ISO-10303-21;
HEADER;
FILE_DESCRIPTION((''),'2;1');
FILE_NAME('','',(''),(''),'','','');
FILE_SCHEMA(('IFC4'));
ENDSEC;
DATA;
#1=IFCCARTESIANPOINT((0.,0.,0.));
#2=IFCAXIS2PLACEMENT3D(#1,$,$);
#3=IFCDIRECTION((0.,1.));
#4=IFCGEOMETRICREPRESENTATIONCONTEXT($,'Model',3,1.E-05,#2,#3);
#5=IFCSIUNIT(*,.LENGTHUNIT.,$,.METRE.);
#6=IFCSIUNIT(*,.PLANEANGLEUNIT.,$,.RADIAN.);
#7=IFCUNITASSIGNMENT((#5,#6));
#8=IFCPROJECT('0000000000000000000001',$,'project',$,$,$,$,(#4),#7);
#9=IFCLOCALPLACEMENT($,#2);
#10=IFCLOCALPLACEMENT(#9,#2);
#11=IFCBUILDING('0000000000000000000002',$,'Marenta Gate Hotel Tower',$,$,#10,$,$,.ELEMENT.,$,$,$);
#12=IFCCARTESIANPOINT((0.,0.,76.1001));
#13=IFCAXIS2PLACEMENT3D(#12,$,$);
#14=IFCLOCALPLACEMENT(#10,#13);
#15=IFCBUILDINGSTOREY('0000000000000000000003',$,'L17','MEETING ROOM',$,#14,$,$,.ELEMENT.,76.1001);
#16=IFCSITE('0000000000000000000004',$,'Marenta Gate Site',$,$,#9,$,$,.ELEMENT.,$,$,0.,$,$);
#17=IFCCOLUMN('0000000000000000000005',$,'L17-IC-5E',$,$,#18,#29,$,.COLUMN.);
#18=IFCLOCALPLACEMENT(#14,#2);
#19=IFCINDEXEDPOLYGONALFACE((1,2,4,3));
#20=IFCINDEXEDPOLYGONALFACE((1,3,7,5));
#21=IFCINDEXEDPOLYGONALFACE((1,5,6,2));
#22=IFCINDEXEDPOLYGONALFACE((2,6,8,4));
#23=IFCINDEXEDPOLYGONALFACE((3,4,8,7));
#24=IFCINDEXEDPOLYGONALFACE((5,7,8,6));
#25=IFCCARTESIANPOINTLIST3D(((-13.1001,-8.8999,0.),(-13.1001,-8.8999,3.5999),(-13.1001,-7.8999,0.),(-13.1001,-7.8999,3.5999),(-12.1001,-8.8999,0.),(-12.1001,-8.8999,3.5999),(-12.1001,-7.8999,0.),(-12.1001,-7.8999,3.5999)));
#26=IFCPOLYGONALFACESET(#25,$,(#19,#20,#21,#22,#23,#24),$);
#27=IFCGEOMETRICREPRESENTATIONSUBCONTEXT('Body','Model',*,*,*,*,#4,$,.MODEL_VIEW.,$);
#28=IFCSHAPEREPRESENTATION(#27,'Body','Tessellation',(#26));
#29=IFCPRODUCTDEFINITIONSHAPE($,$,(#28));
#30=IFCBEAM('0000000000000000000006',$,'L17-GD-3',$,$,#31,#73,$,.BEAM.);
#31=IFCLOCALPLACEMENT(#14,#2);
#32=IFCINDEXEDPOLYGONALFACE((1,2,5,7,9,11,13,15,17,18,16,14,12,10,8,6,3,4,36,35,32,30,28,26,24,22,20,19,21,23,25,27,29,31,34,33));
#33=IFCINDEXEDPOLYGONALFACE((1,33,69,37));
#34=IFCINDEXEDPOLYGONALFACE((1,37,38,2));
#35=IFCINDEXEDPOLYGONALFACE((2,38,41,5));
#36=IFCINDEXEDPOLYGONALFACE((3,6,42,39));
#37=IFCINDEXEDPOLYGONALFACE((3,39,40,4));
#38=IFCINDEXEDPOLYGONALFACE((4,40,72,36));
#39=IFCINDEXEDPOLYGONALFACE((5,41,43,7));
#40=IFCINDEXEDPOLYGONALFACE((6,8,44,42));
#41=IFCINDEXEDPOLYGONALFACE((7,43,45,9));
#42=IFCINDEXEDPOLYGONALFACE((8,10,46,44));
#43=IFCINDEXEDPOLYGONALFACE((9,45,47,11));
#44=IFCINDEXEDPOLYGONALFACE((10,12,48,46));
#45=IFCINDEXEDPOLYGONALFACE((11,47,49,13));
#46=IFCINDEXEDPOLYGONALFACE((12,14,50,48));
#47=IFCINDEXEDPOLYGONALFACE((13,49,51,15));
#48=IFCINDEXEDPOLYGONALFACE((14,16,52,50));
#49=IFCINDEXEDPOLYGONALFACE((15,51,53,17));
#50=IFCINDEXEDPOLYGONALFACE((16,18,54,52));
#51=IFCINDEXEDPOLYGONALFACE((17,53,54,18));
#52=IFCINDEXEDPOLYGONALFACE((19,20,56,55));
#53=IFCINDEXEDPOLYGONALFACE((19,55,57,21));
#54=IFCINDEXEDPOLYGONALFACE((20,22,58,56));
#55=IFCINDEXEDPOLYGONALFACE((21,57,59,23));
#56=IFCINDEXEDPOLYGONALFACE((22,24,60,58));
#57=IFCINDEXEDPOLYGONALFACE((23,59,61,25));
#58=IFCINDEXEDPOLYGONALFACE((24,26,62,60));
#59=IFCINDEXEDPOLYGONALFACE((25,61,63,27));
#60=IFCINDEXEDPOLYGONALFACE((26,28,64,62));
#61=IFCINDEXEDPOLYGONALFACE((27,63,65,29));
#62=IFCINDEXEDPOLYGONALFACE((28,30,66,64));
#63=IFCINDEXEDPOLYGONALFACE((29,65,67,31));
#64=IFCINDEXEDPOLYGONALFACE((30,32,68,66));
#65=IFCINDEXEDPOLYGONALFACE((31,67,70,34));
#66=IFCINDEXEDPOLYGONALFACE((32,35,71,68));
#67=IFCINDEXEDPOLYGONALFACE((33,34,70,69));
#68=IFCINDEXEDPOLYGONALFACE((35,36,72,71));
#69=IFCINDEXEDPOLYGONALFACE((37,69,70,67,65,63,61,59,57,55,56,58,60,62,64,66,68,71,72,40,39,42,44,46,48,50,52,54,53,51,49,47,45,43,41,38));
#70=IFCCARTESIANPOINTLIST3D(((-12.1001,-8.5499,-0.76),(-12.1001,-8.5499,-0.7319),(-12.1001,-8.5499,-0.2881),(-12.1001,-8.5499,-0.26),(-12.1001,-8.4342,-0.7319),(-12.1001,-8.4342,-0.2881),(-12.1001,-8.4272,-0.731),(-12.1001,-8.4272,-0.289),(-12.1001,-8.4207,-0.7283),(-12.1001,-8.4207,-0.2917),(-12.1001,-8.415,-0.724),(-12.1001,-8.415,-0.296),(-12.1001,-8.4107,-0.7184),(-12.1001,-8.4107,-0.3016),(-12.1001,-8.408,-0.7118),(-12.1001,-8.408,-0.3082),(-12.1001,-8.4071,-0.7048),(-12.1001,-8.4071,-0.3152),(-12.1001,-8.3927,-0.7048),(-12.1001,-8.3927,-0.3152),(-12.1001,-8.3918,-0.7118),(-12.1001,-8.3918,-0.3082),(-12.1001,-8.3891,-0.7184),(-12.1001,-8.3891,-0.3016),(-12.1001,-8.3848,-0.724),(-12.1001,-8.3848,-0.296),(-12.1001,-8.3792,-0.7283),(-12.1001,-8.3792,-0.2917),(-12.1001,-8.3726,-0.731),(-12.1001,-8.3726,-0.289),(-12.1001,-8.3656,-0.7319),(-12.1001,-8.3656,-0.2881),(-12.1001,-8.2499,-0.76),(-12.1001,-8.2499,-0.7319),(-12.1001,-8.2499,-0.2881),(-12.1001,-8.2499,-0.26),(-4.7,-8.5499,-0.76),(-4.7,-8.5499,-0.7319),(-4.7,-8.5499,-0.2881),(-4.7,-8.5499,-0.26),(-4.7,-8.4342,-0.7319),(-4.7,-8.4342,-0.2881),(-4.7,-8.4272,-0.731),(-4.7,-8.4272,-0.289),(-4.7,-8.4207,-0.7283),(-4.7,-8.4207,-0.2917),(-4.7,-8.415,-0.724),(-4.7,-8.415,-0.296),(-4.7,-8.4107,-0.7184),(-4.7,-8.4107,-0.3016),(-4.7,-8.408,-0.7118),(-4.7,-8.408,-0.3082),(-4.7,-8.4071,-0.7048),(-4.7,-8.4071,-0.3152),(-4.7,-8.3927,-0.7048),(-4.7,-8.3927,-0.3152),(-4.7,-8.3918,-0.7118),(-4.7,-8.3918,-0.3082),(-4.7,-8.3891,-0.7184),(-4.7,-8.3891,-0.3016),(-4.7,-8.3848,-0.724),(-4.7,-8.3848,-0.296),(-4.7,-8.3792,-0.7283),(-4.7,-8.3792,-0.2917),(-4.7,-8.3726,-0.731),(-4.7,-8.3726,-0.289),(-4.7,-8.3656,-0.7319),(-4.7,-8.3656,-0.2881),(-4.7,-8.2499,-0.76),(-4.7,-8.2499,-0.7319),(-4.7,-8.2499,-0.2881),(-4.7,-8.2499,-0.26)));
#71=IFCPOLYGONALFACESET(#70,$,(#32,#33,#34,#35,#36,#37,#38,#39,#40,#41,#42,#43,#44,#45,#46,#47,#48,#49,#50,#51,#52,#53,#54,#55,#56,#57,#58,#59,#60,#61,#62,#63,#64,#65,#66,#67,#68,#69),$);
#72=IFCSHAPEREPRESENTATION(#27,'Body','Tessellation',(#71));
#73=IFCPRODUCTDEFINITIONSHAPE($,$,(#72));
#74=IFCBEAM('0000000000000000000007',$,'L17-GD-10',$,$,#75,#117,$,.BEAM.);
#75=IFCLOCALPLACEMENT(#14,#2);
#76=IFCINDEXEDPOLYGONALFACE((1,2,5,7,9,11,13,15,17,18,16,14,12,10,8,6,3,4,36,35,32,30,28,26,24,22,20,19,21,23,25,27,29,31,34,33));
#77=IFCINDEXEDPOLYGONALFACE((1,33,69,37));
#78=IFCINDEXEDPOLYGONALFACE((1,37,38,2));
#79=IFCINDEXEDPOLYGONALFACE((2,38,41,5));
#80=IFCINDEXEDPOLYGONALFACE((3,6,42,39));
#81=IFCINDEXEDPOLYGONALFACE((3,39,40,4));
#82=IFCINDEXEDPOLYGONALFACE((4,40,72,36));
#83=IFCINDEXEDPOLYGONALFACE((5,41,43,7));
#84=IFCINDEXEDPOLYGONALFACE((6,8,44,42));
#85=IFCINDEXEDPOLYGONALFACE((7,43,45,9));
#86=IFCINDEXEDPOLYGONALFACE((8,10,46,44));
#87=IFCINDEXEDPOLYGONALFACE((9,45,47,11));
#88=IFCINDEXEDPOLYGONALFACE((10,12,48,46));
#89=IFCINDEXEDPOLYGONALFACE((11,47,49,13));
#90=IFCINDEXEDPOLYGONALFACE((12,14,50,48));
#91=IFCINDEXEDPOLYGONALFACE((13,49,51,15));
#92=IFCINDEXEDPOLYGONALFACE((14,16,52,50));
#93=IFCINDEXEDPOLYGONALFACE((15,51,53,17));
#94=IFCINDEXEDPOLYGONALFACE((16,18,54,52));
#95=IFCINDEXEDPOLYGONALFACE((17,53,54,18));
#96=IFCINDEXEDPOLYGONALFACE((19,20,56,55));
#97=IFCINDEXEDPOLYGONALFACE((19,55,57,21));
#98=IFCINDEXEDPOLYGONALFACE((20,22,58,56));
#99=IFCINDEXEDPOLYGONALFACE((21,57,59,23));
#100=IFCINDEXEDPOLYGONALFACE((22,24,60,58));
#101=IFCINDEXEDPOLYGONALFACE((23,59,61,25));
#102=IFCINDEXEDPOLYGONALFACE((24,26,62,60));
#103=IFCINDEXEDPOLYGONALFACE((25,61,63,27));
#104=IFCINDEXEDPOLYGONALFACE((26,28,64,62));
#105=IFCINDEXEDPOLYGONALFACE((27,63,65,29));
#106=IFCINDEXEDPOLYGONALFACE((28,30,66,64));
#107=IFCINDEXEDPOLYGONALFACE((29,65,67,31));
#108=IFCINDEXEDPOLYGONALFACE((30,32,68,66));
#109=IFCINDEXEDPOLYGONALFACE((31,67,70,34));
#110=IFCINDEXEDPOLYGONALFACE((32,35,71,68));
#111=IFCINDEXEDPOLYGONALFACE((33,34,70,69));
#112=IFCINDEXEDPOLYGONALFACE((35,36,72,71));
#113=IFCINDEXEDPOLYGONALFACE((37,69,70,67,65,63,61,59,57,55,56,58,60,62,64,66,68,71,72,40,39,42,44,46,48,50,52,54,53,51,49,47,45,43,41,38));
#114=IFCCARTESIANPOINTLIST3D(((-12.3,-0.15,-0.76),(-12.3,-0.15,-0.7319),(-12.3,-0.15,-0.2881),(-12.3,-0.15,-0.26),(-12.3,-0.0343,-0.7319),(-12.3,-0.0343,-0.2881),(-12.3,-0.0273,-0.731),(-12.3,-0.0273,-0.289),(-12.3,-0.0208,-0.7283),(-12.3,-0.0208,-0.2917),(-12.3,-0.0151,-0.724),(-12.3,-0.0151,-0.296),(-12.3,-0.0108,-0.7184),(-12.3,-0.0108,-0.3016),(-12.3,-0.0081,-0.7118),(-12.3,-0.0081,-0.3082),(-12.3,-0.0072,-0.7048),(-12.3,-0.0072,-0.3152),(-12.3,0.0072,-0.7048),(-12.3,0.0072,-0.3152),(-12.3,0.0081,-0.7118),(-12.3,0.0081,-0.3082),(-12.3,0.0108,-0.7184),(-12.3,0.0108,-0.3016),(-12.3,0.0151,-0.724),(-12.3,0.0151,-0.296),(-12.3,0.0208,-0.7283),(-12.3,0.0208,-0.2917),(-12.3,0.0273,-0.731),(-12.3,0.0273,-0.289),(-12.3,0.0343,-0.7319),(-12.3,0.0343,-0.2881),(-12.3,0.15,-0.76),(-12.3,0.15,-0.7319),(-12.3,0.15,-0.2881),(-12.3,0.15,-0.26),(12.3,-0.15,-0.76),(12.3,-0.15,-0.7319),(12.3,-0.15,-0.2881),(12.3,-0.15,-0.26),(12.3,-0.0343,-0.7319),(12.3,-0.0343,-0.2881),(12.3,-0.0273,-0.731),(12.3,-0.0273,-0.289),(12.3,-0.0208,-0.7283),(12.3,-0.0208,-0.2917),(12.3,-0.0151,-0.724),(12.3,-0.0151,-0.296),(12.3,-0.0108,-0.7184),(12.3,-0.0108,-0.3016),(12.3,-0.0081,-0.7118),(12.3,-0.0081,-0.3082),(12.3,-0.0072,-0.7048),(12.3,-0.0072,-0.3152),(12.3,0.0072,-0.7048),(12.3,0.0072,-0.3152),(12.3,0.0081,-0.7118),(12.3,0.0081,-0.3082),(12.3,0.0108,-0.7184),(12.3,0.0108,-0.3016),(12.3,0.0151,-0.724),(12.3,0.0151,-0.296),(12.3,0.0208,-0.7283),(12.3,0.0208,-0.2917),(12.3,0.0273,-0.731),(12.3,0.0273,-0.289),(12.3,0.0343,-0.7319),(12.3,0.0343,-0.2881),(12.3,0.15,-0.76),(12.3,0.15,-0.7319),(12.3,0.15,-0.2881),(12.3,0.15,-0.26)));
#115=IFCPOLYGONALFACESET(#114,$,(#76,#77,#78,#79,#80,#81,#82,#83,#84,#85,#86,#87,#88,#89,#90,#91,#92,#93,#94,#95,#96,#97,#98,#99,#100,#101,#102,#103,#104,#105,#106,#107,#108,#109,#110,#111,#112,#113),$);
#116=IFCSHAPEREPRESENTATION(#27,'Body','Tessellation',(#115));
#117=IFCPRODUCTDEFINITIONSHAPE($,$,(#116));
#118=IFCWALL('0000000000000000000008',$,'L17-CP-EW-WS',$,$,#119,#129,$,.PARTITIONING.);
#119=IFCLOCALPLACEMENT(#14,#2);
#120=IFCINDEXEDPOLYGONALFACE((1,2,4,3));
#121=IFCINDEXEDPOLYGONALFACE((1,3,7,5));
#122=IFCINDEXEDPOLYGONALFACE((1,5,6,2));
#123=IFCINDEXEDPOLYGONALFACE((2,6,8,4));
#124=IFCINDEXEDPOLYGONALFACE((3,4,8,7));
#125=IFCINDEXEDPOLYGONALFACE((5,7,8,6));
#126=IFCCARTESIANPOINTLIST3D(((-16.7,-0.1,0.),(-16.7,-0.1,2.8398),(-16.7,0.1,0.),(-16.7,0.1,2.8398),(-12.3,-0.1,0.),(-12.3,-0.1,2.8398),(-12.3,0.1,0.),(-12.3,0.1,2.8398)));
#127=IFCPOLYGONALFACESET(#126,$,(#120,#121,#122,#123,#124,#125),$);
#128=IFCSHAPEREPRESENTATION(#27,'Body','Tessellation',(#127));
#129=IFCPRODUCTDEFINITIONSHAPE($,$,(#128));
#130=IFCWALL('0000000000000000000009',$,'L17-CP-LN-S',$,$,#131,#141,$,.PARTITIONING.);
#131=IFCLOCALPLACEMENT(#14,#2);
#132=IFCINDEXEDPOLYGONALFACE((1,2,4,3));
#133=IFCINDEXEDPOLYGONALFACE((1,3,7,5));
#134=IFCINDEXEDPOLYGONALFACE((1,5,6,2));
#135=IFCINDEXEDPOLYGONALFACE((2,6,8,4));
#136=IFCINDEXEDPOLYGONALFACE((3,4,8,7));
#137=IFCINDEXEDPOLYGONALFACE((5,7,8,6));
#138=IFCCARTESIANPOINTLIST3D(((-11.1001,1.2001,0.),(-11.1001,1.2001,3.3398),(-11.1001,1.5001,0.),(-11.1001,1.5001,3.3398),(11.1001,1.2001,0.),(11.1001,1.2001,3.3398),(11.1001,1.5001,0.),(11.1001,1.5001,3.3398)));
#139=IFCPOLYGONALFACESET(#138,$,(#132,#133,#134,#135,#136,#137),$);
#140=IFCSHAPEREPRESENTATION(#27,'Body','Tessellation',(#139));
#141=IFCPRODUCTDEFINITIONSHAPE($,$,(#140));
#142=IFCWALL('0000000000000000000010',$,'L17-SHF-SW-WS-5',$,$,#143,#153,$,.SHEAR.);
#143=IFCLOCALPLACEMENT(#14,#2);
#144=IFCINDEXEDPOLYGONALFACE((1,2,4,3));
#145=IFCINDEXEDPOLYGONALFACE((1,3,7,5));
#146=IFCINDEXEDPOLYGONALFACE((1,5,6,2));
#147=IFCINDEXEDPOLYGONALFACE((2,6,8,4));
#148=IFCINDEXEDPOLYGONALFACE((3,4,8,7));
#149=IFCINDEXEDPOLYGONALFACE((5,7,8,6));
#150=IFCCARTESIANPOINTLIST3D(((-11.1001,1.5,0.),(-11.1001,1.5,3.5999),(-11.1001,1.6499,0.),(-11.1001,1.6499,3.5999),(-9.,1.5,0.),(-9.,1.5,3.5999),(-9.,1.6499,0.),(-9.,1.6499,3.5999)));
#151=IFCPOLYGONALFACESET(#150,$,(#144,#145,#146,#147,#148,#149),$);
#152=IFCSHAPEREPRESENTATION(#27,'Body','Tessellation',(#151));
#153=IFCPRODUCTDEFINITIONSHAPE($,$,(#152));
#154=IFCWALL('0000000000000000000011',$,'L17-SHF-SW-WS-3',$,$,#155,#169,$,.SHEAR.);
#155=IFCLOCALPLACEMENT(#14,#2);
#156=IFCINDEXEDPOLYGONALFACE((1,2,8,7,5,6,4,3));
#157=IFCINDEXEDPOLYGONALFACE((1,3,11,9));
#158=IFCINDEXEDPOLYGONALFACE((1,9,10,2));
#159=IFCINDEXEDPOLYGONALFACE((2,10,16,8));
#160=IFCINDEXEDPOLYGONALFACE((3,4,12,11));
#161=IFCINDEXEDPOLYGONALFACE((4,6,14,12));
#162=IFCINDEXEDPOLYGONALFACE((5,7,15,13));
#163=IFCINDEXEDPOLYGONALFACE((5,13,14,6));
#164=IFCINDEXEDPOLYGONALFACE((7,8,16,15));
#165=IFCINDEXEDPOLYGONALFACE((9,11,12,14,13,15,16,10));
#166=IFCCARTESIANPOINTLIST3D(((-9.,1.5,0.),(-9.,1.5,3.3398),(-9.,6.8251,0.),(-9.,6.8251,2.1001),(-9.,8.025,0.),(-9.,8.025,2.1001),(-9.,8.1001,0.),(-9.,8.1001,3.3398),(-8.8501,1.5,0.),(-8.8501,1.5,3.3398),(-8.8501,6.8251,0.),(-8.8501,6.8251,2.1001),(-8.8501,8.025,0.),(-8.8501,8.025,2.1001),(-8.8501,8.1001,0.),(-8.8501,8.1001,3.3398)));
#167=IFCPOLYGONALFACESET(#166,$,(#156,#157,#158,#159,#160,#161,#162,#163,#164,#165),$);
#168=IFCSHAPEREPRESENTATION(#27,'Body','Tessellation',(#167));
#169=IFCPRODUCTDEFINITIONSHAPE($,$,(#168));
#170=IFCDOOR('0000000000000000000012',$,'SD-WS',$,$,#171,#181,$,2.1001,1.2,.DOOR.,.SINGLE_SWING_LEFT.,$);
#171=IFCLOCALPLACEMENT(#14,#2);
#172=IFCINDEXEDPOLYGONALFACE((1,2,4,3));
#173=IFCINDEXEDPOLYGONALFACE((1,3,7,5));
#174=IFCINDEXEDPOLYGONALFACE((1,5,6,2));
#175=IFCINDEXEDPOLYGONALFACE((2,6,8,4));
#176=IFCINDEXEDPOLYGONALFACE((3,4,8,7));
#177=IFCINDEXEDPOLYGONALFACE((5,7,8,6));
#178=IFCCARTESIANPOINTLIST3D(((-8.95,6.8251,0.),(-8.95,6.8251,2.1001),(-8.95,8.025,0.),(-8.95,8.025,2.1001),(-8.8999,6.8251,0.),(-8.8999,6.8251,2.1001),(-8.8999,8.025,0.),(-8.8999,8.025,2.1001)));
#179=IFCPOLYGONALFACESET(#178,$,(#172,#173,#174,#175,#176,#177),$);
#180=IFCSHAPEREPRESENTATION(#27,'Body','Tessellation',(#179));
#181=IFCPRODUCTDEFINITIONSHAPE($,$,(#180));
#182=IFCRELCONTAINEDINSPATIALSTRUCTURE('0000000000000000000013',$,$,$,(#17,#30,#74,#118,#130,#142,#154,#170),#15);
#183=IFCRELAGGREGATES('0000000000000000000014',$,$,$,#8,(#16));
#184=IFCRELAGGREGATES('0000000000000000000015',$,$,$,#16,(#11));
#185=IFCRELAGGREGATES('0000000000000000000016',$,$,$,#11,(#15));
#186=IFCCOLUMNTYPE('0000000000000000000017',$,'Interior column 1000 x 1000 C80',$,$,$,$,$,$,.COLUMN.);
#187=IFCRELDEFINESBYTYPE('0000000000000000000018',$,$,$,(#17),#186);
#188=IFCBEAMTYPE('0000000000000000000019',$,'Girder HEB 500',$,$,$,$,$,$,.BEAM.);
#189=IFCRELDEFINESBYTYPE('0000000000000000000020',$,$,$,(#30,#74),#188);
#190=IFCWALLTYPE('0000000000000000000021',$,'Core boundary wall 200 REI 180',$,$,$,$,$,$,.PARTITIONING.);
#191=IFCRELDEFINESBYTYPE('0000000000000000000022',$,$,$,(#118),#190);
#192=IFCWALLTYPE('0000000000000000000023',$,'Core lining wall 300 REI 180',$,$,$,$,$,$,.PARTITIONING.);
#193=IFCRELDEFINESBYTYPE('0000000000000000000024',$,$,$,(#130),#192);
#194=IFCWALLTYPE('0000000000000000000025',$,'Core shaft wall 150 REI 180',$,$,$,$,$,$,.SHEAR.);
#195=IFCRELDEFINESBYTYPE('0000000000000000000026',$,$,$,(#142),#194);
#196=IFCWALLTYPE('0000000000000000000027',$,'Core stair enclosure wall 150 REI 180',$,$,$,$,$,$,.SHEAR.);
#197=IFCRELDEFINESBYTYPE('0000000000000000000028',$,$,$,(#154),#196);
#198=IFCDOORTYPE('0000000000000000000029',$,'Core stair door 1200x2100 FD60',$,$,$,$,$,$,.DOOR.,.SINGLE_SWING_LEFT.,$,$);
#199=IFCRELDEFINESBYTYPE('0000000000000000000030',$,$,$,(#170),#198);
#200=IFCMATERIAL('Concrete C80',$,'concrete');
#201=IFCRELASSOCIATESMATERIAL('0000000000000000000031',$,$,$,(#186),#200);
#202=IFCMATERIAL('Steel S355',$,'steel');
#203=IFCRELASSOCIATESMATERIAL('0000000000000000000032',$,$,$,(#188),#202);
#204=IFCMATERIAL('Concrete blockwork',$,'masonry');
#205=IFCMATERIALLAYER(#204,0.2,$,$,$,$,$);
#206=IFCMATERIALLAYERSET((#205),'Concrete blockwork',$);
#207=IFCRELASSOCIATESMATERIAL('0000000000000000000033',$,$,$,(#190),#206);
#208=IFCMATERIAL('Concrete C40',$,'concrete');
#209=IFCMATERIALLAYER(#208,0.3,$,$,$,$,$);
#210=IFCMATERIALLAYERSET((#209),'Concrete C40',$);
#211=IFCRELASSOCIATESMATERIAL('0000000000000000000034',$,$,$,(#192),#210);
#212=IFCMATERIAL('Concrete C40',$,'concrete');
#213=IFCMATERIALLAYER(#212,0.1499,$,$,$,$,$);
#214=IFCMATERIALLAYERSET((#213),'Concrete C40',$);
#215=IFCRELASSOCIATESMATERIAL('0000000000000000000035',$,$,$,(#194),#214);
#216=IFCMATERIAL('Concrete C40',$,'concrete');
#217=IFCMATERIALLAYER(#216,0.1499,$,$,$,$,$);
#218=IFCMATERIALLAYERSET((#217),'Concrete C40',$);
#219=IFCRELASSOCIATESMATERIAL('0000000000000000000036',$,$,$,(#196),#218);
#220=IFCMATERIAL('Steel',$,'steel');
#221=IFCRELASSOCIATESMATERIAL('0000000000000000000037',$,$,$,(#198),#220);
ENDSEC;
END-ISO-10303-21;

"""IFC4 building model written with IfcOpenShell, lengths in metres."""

from ifc_helpers import new_model, si_unit, direction, frame, frame_2d, origin, origin_2d, place, context, subcontext, project, spatial, rectangle, i_section, extrude, material, layer, layer_set, material_profile, profile_set, type_object, element, fill, save


model = new_model("IFC4")

# Units and contexts
model_context = context("Model", 3, precision=1e-05, world=origin(), true_north=direction((0.0, 1.0)))
body_context = subcontext(model_context, "Body", "Model", "MODEL_VIEW")
ifc_project = project(units=[si_unit("LENGTHUNIT", "METRE"), si_unit("PLANEANGLEUNIT", "RADIAN")], contexts=[model_context])

# Site, building, storey
site_placement = place(None, origin())
site = spatial("IfcSite", under=ifc_project, at=site_placement, Name="Marenta Gate Site", CompositionType="ELEMENT", RefElevation=0.0)
building_placement = place(site_placement, origin())
building = spatial("IfcBuilding", under=site, at=building_placement, Name="Marenta Gate Hotel Tower", CompositionType="ELEMENT")
storey_placement = place(building_placement, frame((0.0, 0.0, 76.1001)))
storey = spatial("IfcBuildingStorey", under=building, at=storey_placement, Name="L17", Description="MEETING ROOM", CompositionType="ELEMENT", Elevation=76.1001)

# Column
ifc_material_1 = material(Name="Concrete C80", Category="concrete")
ifc_material_profile_1 = material_profile(ifc_material_1, rectangle(XDim=1.0, YDim=1.0, at=origin_2d()), Name="1000 x 1000")
ifc_profile_set_1 = profile_set([ifc_material_profile_1], Name="Concrete C80")
column_type = type_object("IfcColumnType", Name="Interior column 1000 x 1000 C80", PredefinedType="COLUMN", material=ifc_profile_set_1)
column_placement = place(storey_placement, frame((-12.6001, -8.3999, 0.0), z_axis=(0.0, 0.0, 1.0), x_axis=(1.0, 0.0, 0.0)))
element("IfcColumn", 1, at=column_placement, inside=storey, type_object=column_type, Name="L17-IC-5E", PredefinedType="COLUMN", context=body_context, shape_type="SweptSolid", body=[
    extrude(rectangle(XDim=1.0, YDim=1.0, at=origin_2d()), origin(), (0.0, 0.0, 1.0), 3.5999),
])

# Beams
ifc_material_2 = material(Name="Steel S355", Category="steel")
ifc_material_profile_2 = material_profile(ifc_material_2, i_section(OverallWidth=0.3, OverallDepth=0.5, WebThickness=0.0144, FlangeThickness=0.0281, FilletRadius=0.0271, at=origin_2d()), Name="HEB 500")
ifc_profile_set_2 = profile_set([ifc_material_profile_2], Name="Steel S355")
beam_type = type_object("IfcBeamType", Name="Girder HEB 500", PredefinedType="BEAM", material=ifc_profile_set_2)
beam_1_placement = place(storey_placement, frame((-12.1001, -8.3999, -0.51), z_axis=(1.0, 0.0, 0.0), x_axis=(0.0, 1.0, 0.0)))
element("IfcBeam", 2, at=beam_1_placement, inside=storey, type_object=beam_type, Name="L17-GD-3", PredefinedType="BEAM", context=body_context, shape_type="SweptSolid", body=[
    extrude(i_section(OverallWidth=0.3, OverallDepth=0.5, WebThickness=0.0144, FlangeThickness=0.0281, FilletRadius=0.0271, at=origin_2d()), origin(), (0.0, 0.0, 1.0), 7.4001),
])
beam_2_placement = place(storey_placement, frame((-12.3, 0.0, -0.51), z_axis=(1.0, 0.0, 0.0), x_axis=(0.0, 1.0, 0.0)))
element("IfcBeam", 3, at=beam_2_placement, inside=storey, type_object=beam_type, Name="L17-GD-10", PredefinedType="BEAM", context=body_context, shape_type="SweptSolid", body=[
    extrude(i_section(OverallWidth=0.3, OverallDepth=0.5, WebThickness=0.0144, FlangeThickness=0.0281, FilletRadius=0.0271, at=origin_2d()), origin(), (0.0, 0.0, 1.0), 24.6001),
])

# Walls
ifc_material_3 = material(Name="Concrete blockwork", Category="masonry")
ifc_layer_1 = layer(ifc_material_3, 0.2)
ifc_layer_set_1 = layer_set([ifc_layer_1], Name="Concrete blockwork")
wall_type_1 = type_object("IfcWallType", Name="Core boundary wall 200 REI 180", PredefinedType="PARTITIONING", material=ifc_layer_set_1)
wall_1_placement = place(storey_placement, frame((-16.7, 0.0, 0.0), z_axis=(0.0, 0.0, 1.0), x_axis=(1.0, 0.0, 0.0)))
element("IfcWall", 4, at=wall_1_placement, inside=storey, type_object=wall_type_1, Name="L17-CP-EW-WS", PredefinedType="PARTITIONING", context=body_context, shape_type="SweptSolid", body=[
    extrude(rectangle(XDim=4.3999, YDim=0.2, at=frame_2d((2.2, 0.0))), origin(), (0.0, 0.0, 1.0), 2.8398),
])
ifc_material_4 = material(Name="Concrete C40", Category="concrete")
ifc_layer_2 = layer(ifc_material_4, 0.3)
ifc_layer_set_2 = layer_set([ifc_layer_2], Name="Concrete C40")
wall_type_2 = type_object("IfcWallType", Name="Core lining wall 300 REI 180", PredefinedType="PARTITIONING", material=ifc_layer_set_2)
wall_2_placement = place(storey_placement, frame((-11.1001, 1.3501, 0.0), z_axis=(0.0, 0.0, 1.0), x_axis=(1.0, 0.0, 0.0)))
element("IfcWall", 5, at=wall_2_placement, inside=storey, type_object=wall_type_2, Name="L17-CP-LN-S", PredefinedType="PARTITIONING", context=body_context, shape_type="SweptSolid", body=[
    extrude(rectangle(XDim=22.2002, YDim=0.3, at=frame_2d((11.1001, 0.0))), origin(), (0.0, 0.0, 1.0), 3.3398),
])
ifc_material_5 = material(Name="Concrete C40", Category="concrete")
ifc_layer_3 = layer(ifc_material_5, 0.1499)
ifc_layer_set_3 = layer_set([ifc_layer_3], Name="Concrete C40")
wall_type_3 = type_object("IfcWallType", Name="Core shaft wall 150 REI 180", PredefinedType="SHEAR", material=ifc_layer_set_3)
wall_3_placement = place(storey_placement, frame((-11.1001, 1.575, 0.0), z_axis=(0.0, 0.0, 1.0), x_axis=(1.0, 0.0, 0.0)))
element("IfcWall", 6, at=wall_3_placement, inside=storey, type_object=wall_type_3, Name="L17-SHF-SW-WS-5", PredefinedType="SHEAR", context=body_context, shape_type="SweptSolid", body=[
    extrude(rectangle(XDim=2.1001, YDim=0.1499, at=frame_2d((1.05, 0.0))), origin(), (0.0, 0.0, 1.0), 3.5999),
])

# Wall, opening, door
ifc_material_6 = material(Name="Concrete C40", Category="concrete")
ifc_layer_4 = layer(ifc_material_6, 0.1499)
ifc_layer_set_4 = layer_set([ifc_layer_4], Name="Concrete C40")
wall_type_4 = type_object("IfcWallType", Name="Core stair enclosure wall 150 REI 180", PredefinedType="SHEAR", material=ifc_layer_set_4)
wall_4_placement = place(storey_placement, frame((-8.925, 1.5, 0.0), z_axis=(0.0, 0.0, 1.0), x_axis=(0.0, 1.0, 0.0)))
wall_4 = element("IfcWall", 7, at=wall_4_placement, inside=storey, type_object=wall_type_4, Name="L17-SHF-SW-WS-3", PredefinedType="SHEAR", context=body_context, shape_type="SweptSolid", body=[
    extrude(rectangle(XDim=6.6001, YDim=0.1499, at=frame_2d((3.3, 0.0))), origin(), (0.0, 0.0, 1.0), 3.3398),
])
opening_1_placement = place(wall_4_placement, frame((5.325, 0.0, 0.0)))
opening_1 = element("IfcOpeningElement", 8, at=opening_1_placement, cuts=wall_4, PredefinedType="OPENING", context=body_context, shape_type="SweptSolid", body=[
    extrude(rectangle(XDim=1.2, YDim=2.1001, at=frame_2d((0.6001, 1.05))), frame((0.0, 0.075, 0.0), z_axis=(0.0, -1.0, 0.0), x_axis=(1.0, 0.0, 0.0)), (0.0, 0.0, 1.0), 0.1499),
])
ifc_material_7 = material(Name="Steel", Category="steel")
door_type_1 = type_object("IfcDoorType", Name="Core stair door 1200x2100 FD60", OperationType="SINGLE_SWING_LEFT", PredefinedType="DOOR", material=ifc_material_7)
door_1_placement = place(opening_1_placement, origin())
door_1 = element("IfcDoor", 9, at=door_1_placement, inside=storey, type_object=door_type_1, Name="SD-WS", OperationType="SINGLE_SWING_LEFT", OverallHeight=2.1001, OverallWidth=1.2, PredefinedType="DOOR", context=body_context, shape_type="SweptSolid", body=[
    extrude(rectangle(XDim=1.2, YDim=2.1001, at=frame_2d((0.6001, 1.05))), frame((0.0, 0.0249, 0.0), z_axis=(0.0, -1.0, 0.0), x_axis=(1.0, 0.0, 0.0)), (0.0, 0.0, 1.0), 0.05),
])
fill(opening_1, door_1)

save(model, "model.ifc")
